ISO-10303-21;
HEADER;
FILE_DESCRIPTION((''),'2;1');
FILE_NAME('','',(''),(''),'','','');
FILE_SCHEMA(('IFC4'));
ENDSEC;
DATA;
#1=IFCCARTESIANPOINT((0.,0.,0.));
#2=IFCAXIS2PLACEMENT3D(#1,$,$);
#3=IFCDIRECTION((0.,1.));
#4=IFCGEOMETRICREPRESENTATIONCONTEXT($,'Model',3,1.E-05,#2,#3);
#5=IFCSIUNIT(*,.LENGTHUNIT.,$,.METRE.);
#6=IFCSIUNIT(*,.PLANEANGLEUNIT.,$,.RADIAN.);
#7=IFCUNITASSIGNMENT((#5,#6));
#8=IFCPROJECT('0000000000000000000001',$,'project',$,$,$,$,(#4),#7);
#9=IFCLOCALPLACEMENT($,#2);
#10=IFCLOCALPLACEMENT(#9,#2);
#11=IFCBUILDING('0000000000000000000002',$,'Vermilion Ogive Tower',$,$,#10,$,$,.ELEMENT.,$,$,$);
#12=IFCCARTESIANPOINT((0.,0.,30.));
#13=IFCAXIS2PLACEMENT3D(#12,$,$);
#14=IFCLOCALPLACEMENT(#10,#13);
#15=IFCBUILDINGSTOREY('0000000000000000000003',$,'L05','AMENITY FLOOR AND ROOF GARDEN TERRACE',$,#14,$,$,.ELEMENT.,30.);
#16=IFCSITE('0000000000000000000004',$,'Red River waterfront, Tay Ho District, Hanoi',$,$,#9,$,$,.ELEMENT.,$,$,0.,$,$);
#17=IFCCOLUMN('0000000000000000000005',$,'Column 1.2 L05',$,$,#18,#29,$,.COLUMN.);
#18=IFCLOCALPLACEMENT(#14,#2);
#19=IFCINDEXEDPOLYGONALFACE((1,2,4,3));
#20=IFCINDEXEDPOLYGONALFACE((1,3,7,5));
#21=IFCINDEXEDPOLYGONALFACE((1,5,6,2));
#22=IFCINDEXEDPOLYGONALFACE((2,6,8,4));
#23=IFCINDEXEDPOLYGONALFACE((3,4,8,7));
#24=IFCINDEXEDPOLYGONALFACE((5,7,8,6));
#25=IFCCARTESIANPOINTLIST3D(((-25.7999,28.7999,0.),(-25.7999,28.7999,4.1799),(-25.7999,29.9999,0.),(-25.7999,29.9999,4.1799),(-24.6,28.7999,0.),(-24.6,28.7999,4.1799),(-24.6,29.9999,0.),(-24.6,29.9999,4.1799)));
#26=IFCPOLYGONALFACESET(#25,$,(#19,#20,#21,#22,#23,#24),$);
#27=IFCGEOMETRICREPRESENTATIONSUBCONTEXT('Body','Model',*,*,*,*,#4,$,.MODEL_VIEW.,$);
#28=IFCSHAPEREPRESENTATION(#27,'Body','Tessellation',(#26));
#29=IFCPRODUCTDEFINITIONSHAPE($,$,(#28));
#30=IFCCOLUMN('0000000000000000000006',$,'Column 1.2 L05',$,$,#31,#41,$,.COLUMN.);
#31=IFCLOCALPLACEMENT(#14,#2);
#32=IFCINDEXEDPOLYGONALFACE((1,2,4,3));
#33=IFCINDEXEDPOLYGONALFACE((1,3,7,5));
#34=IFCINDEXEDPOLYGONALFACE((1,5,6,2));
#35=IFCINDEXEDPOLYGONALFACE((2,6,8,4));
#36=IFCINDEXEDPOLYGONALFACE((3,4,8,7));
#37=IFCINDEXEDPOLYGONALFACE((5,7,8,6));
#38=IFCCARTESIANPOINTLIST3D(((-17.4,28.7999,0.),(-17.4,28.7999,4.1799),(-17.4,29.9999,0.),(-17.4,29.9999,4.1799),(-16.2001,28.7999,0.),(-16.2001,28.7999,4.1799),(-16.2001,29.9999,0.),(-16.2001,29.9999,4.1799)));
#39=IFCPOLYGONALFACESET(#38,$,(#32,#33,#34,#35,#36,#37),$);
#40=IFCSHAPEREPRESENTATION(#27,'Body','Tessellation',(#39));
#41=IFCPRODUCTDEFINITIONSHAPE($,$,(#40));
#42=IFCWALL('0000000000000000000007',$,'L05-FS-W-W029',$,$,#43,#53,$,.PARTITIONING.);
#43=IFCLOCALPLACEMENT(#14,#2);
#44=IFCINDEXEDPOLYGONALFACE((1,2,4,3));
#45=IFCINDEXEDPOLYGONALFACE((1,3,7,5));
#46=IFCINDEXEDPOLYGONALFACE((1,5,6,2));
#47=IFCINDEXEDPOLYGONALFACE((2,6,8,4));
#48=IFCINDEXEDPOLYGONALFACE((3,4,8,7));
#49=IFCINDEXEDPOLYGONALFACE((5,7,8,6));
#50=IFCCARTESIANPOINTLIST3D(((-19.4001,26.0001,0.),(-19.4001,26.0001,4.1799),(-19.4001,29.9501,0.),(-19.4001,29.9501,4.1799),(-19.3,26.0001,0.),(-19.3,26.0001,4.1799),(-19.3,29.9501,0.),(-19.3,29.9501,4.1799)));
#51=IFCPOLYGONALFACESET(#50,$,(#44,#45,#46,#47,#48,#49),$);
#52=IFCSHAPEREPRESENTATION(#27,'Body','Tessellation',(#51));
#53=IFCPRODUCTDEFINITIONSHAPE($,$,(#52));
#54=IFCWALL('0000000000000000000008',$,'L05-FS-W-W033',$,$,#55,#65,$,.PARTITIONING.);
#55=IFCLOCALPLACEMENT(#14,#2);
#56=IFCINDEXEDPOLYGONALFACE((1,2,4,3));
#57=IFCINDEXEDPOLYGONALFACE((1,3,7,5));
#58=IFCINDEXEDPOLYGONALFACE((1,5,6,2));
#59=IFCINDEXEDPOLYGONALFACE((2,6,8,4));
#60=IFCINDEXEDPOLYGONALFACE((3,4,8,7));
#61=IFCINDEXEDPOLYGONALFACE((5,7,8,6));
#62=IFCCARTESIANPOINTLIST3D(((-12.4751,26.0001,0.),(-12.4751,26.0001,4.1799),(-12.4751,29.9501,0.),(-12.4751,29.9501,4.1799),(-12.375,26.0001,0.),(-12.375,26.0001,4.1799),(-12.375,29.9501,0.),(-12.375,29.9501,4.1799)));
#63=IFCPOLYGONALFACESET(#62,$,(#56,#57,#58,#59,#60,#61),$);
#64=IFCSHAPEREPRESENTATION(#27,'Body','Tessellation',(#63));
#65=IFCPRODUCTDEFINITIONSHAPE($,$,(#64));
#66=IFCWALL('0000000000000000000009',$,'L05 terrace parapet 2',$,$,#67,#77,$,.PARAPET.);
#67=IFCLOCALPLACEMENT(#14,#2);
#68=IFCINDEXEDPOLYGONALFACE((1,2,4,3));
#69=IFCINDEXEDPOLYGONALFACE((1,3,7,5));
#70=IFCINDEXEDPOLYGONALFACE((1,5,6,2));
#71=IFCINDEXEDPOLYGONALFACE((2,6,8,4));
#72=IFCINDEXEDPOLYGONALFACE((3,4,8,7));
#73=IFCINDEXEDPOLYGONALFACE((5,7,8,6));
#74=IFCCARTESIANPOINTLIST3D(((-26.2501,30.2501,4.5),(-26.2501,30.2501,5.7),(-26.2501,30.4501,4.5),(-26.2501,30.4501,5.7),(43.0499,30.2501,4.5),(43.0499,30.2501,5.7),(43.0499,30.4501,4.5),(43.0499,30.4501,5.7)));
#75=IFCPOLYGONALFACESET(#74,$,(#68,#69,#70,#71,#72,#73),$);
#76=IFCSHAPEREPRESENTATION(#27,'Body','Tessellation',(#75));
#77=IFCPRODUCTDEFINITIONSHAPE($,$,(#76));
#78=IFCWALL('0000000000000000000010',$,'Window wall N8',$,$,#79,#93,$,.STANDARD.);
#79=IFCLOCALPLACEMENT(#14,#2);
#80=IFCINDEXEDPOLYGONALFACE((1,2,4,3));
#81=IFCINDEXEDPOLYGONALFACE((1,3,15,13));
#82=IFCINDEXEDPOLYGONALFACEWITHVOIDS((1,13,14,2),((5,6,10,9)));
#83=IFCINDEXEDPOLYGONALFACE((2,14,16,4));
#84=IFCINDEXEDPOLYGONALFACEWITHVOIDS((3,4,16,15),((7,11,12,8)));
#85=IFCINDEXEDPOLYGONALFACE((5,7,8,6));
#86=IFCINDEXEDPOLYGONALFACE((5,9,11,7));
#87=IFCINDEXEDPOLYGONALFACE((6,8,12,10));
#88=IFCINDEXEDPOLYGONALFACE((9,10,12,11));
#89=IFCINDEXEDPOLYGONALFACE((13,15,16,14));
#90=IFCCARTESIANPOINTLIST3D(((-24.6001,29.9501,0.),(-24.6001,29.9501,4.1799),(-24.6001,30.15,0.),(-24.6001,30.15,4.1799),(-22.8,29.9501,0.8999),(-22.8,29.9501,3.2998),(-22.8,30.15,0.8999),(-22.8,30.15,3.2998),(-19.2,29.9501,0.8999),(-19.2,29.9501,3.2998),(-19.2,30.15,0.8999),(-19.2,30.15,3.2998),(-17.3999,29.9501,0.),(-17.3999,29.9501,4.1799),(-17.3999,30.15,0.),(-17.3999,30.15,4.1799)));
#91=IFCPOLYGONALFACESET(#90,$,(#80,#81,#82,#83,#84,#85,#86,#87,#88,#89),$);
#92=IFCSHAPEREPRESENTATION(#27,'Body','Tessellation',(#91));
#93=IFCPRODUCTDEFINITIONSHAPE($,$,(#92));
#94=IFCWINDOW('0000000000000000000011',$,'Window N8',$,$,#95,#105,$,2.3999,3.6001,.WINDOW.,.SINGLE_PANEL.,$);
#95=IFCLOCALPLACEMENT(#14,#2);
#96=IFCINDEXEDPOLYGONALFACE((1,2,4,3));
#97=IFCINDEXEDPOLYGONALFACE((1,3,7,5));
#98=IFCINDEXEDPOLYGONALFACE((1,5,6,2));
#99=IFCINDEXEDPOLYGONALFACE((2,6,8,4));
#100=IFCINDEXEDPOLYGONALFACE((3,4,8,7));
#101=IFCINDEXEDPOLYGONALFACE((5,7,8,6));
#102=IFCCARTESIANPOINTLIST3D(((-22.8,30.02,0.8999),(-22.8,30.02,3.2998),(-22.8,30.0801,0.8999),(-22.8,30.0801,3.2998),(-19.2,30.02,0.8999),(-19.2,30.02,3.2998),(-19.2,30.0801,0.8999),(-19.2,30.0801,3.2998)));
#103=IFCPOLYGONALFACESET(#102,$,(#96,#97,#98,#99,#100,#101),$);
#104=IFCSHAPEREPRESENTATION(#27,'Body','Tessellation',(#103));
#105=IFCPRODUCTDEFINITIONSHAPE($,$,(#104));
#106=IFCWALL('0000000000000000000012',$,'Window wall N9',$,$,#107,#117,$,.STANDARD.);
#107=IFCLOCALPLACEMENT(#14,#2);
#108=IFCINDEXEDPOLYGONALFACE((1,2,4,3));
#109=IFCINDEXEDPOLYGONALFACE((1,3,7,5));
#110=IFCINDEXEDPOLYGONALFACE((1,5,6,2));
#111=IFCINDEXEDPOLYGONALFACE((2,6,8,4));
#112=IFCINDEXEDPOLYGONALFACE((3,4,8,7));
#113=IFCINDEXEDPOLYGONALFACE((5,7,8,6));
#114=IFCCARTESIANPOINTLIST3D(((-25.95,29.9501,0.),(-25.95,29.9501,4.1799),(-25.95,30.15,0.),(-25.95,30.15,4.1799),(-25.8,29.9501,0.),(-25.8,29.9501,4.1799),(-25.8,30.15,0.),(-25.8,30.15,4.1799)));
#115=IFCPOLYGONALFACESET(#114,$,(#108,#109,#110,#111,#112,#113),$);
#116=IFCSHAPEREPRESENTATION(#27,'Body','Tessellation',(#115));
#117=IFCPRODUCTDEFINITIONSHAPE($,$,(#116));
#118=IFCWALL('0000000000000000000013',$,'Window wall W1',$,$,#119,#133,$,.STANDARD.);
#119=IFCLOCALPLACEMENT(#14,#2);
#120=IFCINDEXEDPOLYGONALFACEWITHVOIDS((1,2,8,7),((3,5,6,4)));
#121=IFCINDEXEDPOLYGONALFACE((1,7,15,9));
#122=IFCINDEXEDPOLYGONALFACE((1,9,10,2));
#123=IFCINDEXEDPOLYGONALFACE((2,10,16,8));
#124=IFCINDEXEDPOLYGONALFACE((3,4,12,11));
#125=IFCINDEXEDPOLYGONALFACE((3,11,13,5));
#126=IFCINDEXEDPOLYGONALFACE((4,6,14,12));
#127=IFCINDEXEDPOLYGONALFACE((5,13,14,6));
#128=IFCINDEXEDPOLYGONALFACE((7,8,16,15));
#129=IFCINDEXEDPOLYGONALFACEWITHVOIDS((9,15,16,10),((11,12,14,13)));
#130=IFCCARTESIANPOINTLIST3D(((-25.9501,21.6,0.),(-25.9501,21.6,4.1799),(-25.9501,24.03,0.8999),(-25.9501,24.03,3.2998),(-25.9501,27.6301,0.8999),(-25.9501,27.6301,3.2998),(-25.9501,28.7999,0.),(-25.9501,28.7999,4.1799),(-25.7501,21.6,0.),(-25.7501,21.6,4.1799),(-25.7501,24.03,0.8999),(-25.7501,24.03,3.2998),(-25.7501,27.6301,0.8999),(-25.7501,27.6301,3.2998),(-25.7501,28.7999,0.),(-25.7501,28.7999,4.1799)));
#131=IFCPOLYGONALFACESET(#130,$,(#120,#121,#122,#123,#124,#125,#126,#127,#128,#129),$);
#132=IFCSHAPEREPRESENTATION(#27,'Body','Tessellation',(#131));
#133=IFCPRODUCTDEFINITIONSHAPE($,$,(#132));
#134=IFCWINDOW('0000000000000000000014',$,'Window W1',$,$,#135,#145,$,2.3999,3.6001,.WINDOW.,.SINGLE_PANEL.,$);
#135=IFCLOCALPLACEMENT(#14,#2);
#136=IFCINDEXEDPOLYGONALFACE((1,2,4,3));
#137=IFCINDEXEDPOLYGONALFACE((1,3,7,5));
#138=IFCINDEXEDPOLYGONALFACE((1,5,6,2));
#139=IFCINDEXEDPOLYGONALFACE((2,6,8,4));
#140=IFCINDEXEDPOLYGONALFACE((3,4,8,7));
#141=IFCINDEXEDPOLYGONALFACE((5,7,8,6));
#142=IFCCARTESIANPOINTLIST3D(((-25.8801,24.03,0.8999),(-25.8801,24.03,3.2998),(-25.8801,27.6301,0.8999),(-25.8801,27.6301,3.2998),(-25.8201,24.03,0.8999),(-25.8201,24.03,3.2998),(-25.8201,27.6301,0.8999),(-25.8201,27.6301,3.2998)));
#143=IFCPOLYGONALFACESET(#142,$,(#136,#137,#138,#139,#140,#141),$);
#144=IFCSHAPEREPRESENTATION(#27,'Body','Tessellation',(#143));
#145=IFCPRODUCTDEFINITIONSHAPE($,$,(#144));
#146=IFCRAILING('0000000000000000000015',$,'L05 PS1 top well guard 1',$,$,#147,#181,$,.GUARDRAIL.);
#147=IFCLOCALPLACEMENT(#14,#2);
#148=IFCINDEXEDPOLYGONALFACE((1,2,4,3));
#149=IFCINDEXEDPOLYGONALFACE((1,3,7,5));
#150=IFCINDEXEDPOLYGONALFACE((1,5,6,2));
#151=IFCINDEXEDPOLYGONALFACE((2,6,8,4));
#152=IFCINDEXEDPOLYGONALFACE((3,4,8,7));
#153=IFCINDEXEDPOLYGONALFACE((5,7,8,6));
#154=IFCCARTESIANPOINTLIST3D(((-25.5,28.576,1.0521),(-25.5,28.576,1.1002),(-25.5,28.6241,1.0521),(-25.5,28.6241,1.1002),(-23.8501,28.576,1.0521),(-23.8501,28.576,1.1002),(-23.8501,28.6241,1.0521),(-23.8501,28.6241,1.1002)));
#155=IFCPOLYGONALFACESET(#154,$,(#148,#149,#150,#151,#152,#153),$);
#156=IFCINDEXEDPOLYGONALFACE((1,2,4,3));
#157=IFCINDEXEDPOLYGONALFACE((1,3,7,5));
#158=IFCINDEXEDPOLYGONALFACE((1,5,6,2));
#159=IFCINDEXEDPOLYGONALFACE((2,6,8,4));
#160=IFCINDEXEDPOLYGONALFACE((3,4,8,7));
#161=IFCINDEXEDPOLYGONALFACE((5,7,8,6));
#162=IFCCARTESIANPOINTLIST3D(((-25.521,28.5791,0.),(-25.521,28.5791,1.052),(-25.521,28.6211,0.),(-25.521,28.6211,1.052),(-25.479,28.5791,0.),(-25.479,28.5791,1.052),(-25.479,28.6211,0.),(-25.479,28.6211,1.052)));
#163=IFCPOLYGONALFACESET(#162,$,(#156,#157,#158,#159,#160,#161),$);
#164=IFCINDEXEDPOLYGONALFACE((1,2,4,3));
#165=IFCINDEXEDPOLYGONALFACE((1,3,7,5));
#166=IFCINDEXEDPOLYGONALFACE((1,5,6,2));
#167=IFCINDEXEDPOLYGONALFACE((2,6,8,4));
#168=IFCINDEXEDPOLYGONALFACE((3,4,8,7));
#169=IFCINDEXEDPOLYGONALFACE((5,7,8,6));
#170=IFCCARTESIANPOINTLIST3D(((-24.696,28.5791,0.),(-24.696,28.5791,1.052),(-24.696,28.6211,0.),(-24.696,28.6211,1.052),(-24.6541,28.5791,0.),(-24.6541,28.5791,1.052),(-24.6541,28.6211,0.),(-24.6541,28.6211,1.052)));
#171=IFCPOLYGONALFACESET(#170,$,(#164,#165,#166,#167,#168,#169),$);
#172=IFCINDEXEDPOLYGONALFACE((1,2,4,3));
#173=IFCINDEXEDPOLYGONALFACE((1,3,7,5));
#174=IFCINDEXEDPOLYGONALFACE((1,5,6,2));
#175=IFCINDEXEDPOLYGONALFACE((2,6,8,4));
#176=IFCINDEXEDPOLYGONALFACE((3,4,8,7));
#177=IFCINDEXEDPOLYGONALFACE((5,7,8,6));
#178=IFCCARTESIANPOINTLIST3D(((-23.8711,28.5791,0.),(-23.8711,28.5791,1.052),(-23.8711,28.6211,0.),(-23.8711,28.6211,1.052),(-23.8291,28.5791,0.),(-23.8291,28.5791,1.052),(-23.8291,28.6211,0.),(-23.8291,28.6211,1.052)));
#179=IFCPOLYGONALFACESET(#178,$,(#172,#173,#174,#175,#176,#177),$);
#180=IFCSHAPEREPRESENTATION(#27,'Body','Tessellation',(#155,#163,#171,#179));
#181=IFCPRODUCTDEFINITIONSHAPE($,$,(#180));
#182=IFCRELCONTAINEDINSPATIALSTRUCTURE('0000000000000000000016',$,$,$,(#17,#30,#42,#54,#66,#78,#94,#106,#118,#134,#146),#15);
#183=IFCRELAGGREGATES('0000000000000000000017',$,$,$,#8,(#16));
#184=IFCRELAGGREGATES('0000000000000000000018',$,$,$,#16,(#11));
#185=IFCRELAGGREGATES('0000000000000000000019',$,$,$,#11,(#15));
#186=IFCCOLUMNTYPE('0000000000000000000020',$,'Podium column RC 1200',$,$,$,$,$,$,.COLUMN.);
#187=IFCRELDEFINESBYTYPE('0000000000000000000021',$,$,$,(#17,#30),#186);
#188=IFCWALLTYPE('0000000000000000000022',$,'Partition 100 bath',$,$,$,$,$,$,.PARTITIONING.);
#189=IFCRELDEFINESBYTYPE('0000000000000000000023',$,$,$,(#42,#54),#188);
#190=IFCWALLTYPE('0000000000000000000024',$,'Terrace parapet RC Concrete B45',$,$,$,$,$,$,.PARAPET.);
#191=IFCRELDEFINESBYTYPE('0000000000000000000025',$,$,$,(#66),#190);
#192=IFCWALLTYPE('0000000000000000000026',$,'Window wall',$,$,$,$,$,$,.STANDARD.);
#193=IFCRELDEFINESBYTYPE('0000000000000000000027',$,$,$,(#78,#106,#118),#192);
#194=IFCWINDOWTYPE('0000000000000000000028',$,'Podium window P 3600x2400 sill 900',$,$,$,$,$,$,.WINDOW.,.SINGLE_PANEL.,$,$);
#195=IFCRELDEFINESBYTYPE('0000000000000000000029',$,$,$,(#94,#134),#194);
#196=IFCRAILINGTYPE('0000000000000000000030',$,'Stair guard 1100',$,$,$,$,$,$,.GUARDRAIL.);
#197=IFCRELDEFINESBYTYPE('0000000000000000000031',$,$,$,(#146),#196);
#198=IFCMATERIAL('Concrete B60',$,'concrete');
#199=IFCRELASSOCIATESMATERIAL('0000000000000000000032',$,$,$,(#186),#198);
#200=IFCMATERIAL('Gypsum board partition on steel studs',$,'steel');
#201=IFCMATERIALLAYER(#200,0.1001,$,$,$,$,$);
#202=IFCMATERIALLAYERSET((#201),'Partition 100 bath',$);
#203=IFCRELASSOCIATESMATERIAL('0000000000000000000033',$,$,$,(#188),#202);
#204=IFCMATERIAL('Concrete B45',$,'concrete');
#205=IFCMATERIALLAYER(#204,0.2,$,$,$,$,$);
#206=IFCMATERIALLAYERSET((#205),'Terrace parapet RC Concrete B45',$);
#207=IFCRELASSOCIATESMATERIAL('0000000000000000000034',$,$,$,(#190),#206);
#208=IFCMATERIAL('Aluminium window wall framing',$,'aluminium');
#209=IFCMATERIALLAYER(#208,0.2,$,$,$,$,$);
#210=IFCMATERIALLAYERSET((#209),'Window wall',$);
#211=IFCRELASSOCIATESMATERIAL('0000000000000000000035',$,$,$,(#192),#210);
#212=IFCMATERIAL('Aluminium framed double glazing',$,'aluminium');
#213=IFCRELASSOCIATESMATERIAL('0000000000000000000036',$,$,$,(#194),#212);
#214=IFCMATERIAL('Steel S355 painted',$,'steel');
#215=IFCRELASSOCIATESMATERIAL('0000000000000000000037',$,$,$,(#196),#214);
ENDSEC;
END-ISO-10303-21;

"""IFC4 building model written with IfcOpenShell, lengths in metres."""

from ifc_helpers import new_model, si_unit, direction, frame, frame_2d, origin, origin_2d, place, context, subcontext, project, spatial, rectangle, extrude, material, layer, layer_set, material_profile, profile_set, type_object, element, fill, save


model = new_model("IFC4")

# Units and contexts
model_context = context("Model", 3, precision=1e-05, world=origin(), true_north=direction((0.0, 1.0)))
body_context = subcontext(model_context, "Body", "Model", "MODEL_VIEW")
ifc_project = project(units=[si_unit("LENGTHUNIT", "METRE"), si_unit("PLANEANGLEUNIT", "RADIAN")], contexts=[model_context])

# Site, building, storey
site_placement = place(None, origin())
site = spatial("IfcSite", under=ifc_project, at=site_placement, Name="Red River waterfront, Tay Ho District, Hanoi", CompositionType="ELEMENT", RefElevation=0.0)
building_placement = place(site_placement, origin())
building = spatial("IfcBuilding", under=site, at=building_placement, Name="Vermilion Ogive Tower", CompositionType="ELEMENT")
storey_placement = place(building_placement, frame((0.0, 0.0, 30.0)))
storey = spatial("IfcBuildingStorey", under=building, at=storey_placement, Name="L05", Description="AMENITY FLOOR AND ROOF GARDEN TERRACE", CompositionType="ELEMENT", Elevation=30.0)

# Columns
ifc_material_1 = material(Name="Concrete B60", Category="concrete")
ifc_material_profile = material_profile(ifc_material_1, rectangle(XDim=1.2, YDim=1.2, at=origin_2d()), Name="RC 1200x1200")
ifc_profile_set = profile_set([ifc_material_profile], Name="Concrete B60")
column_type = type_object("IfcColumnType", Name="Podium column RC 1200", PredefinedType="COLUMN", material=ifc_profile_set)
for number, where, z_axis, x_axis, name in (
    (1, (-25.2, 29.3999, 0.0), (0.0, 0.0, 1.0), (1.0, 0.0, 0.0), "Column 1.2 L05"),
    (2, (-16.8, 29.3999, 0.0), (0.0, 0.0, 1.0), (1.0, 0.0, 0.0), "Column 1.2 L05"),
):
    element("IfcColumn", number, at=place(storey_placement, frame(where, z_axis=z_axis, x_axis=x_axis)), inside=storey, type_object=column_type, Name=name, PredefinedType="COLUMN", context=body_context, shape_type="SweptSolid", body=[
        extrude(rectangle(XDim=1.2, YDim=1.2, at=origin_2d()), origin(), (0.0, 0.0, 1.0), 4.1799),
    ])

# Walls
ifc_material_2 = material(Name="Gypsum board partition on steel studs", Category="steel")
ifc_layer_1 = layer(ifc_material_2, 0.1001)
ifc_layer_set_1 = layer_set([ifc_layer_1], Name="Partition 100 bath")
wall_type_1 = type_object("IfcWallType", Name="Partition 100 bath", PredefinedType="PARTITIONING", material=ifc_layer_set_1)
for number, where, z_axis, x_axis, name in (
    (3, (-19.3501, 26.0, 0.0), (0.0, 0.0, 1.0), (0.0, 1.0, 0.0), "L05-FS-W-W029"),
    (4, (-12.425, 26.0, 0.0), (0.0, 0.0, 1.0), (0.0, 1.0, 0.0), "L05-FS-W-W033"),
):
    element("IfcWall", number, at=place(storey_placement, frame(where, z_axis=z_axis, x_axis=x_axis)), inside=storey, type_object=wall_type_1, Name=name, PredefinedType="PARTITIONING", context=body_context, shape_type="SweptSolid", body=[
        extrude(rectangle(XDim=3.95, YDim=0.1001, at=frame_2d((1.9751, 0.0))), origin(), (0.0, 0.0, 1.0), 4.1799),
    ])
ifc_material_3 = material(Name="Concrete B45", Category="concrete")
ifc_layer_2 = layer(ifc_material_3, 0.2)
ifc_layer_set_2 = layer_set([ifc_layer_2], Name="Terrace parapet RC Concrete B45")
wall_type_2 = type_object("IfcWallType", Name="Terrace parapet RC Concrete B45", PredefinedType="PARAPET", material=ifc_layer_set_2)
wall_1_placement = place(storey_placement, frame((-26.25, 30.3501, 4.5), z_axis=(0.0, 0.0, 1.0), x_axis=(1.0, 0.0, 0.0)))
element("IfcWall", 5, at=wall_1_placement, inside=storey, type_object=wall_type_2, Name="L05 terrace parapet 2", PredefinedType="PARAPET", context=body_context, shape_type="SweptSolid", body=[
    extrude(rectangle(XDim=69.3, YDim=0.2, at=frame_2d((34.6499, 0.0))), origin(), (0.0, 0.0, 1.0), 1.2),
])

# Wall, opening, window
ifc_material_4 = material(Name="Aluminium window wall framing", Category="aluminium")
ifc_layer_3 = layer(ifc_material_4, 0.2)
ifc_layer_set_3 = layer_set([ifc_layer_3], Name="Window wall")
wall_type_3 = type_object("IfcWallType", Name="Window wall", PredefinedType="STANDARD", material=ifc_layer_set_3)
wall_2_placement = place(storey_placement, frame((-17.3999, 30.05, 0.0), z_axis=(0.0, 0.0, 1.0), x_axis=(-1.0, 0.0, 0.0)))
wall_2 = element("IfcWall", 6, at=wall_2_placement, inside=storey, type_object=wall_type_3, Name="Window wall N8", PredefinedType="STANDARD", context=body_context, shape_type="SweptSolid", body=[
    extrude(rectangle(XDim=7.2002, YDim=0.2, at=frame_2d((3.6001, 0.0))), origin(), (0.0, 0.0, 1.0), 4.1799),
])
opening_1_placement = place(wall_2_placement, frame((1.8, 0.0, 0.8999)))
opening_1 = element("IfcOpeningElement", 7, at=opening_1_placement, cuts=wall_2, PredefinedType="OPENING", context=body_context, shape_type="SweptSolid", body=[
    extrude(rectangle(XDim=3.6001, YDim=2.3999, at=frame_2d((1.8, 1.2))), frame((0.0, 0.1099, 0.0), z_axis=(0.0, -1.0, 0.0), x_axis=(1.0, 0.0, 0.0)), (0.0, 0.0, 1.0), 0.22),
])
ifc_material_5 = material(Name="Aluminium framed double glazing", Category="aluminium")
window_type = type_object("IfcWindowType", Name="Podium window P 3600x2400 sill 900", PartitioningType="SINGLE_PANEL", PredefinedType="WINDOW", material=ifc_material_5)
window_1_placement = place(opening_1_placement, origin())
window_1 = element("IfcWindow", 8, at=window_1_placement, inside=storey, type_object=window_type, Name="Window N8", OverallHeight=2.3999, OverallWidth=3.6001, PartitioningType="SINGLE_PANEL", PredefinedType="WINDOW", context=body_context, shape_type="SweptSolid", body=[
    extrude(rectangle(XDim=3.6001, YDim=2.3999, at=frame_2d((1.8, 1.2))), frame((0.0, 0.03, 0.0), z_axis=(0.0, -1.0, 0.0), x_axis=(1.0, 0.0, 0.0)), (0.0, 0.0, 1.0), 0.0601),
])
fill(opening_1, window_1)

# Wall
wall_3_placement = place(storey_placement, frame((-25.8, 30.05, 0.0), z_axis=(0.0, 0.0, 1.0), x_axis=(-1.0, 0.0, 0.0)))
element("IfcWall", 9, at=wall_3_placement, inside=storey, type_object=wall_type_3, Name="Window wall N9", PredefinedType="STANDARD", context=body_context, shape_type="SweptSolid", body=[
    extrude(rectangle(XDim=0.1499, YDim=0.2, at=frame_2d((0.075, 0.0))), origin(), (0.0, 0.0, 1.0), 4.1799),
])

# Wall, opening, window
wall_4_placement = place(storey_placement, frame((-25.8501, 28.8, 0.0), z_axis=(0.0, 0.0, 1.0), x_axis=(0.0, -1.0, 0.0)))
wall_4 = element("IfcWall", 10, at=wall_4_placement, inside=storey, type_object=wall_type_3, Name="Window wall W1", PredefinedType="STANDARD", context=body_context, shape_type="SweptSolid", body=[
    extrude(rectangle(XDim=7.2, YDim=0.2, at=frame_2d((3.6001, 0.0))), origin(), (0.0, 0.0, 1.0), 4.1799),
])
opening_2_placement = place(wall_4_placement, frame((1.1699, 0.0, 0.8999)))
opening_2 = element("IfcOpeningElement", 11, at=opening_2_placement, cuts=wall_4, PredefinedType="OPENING", context=body_context, shape_type="SweptSolid", body=[
    extrude(rectangle(XDim=3.6001, YDim=2.3999, at=frame_2d((1.8, 1.2))), frame((0.0, 0.1099, 0.0), z_axis=(0.0, -1.0, 0.0), x_axis=(1.0, 0.0, 0.0)), (0.0, 0.0, 1.0), 0.22),
])
window_2_placement = place(opening_2_placement, origin())
window_2 = element("IfcWindow", 12, at=window_2_placement, inside=storey, type_object=window_type, Name="Window W1", OverallHeight=2.3999, OverallWidth=3.6001, PartitioningType="SINGLE_PANEL", PredefinedType="WINDOW", context=body_context, shape_type="SweptSolid", body=[
    extrude(rectangle(XDim=3.6001, YDim=2.3999, at=frame_2d((1.8, 1.2))), frame((0.0, 0.03, 0.0), z_axis=(0.0, -1.0, 0.0), x_axis=(1.0, 0.0, 0.0)), (0.0, 0.0, 1.0), 0.0601),
])
fill(opening_2, window_2)

# Railing
ifc_material_6 = material(Name="Steel S355 painted", Category="steel")
railing_type = type_object("IfcRailingType", Name="Stair guard 1100", PredefinedType="GUARDRAIL", material=ifc_material_6)
railing_1_placement = place(storey_placement, frame((-25.5, 28.6001, 0.0)))
element("IfcRailing", 13, at=railing_1_placement, inside=storey, type_object=railing_type, Name="L05 PS1 top well guard 1", PredefinedType="GUARDRAIL", context=body_context, shape_type="SweptSolid", body=[
    extrude(rectangle(XDim=0.0481, YDim=0.0481, at=origin_2d()), frame((0.0, 0.0, 1.0762), z_axis=(1.0, 0.0, 0.0), x_axis=(0.0, 1.0, 0.0)), (0.0, 0.0, 1.0), 1.6499),
    extrude(rectangle(XDim=0.042, YDim=0.042, at=origin_2d()), origin(), (0.0, 0.0, 1.0), 1.052),
    extrude(rectangle(XDim=0.042, YDim=0.042, at=origin_2d()), frame((0.825, 0.0, 0.0)), (0.0, 0.0, 1.0), 1.052),
    extrude(rectangle(XDim=0.042, YDim=0.042, at=origin_2d()), frame((1.6499, 0.0, 0.0)), (0.0, 0.0, 1.0), 1.052),
])

save(model, "model.ifc")
